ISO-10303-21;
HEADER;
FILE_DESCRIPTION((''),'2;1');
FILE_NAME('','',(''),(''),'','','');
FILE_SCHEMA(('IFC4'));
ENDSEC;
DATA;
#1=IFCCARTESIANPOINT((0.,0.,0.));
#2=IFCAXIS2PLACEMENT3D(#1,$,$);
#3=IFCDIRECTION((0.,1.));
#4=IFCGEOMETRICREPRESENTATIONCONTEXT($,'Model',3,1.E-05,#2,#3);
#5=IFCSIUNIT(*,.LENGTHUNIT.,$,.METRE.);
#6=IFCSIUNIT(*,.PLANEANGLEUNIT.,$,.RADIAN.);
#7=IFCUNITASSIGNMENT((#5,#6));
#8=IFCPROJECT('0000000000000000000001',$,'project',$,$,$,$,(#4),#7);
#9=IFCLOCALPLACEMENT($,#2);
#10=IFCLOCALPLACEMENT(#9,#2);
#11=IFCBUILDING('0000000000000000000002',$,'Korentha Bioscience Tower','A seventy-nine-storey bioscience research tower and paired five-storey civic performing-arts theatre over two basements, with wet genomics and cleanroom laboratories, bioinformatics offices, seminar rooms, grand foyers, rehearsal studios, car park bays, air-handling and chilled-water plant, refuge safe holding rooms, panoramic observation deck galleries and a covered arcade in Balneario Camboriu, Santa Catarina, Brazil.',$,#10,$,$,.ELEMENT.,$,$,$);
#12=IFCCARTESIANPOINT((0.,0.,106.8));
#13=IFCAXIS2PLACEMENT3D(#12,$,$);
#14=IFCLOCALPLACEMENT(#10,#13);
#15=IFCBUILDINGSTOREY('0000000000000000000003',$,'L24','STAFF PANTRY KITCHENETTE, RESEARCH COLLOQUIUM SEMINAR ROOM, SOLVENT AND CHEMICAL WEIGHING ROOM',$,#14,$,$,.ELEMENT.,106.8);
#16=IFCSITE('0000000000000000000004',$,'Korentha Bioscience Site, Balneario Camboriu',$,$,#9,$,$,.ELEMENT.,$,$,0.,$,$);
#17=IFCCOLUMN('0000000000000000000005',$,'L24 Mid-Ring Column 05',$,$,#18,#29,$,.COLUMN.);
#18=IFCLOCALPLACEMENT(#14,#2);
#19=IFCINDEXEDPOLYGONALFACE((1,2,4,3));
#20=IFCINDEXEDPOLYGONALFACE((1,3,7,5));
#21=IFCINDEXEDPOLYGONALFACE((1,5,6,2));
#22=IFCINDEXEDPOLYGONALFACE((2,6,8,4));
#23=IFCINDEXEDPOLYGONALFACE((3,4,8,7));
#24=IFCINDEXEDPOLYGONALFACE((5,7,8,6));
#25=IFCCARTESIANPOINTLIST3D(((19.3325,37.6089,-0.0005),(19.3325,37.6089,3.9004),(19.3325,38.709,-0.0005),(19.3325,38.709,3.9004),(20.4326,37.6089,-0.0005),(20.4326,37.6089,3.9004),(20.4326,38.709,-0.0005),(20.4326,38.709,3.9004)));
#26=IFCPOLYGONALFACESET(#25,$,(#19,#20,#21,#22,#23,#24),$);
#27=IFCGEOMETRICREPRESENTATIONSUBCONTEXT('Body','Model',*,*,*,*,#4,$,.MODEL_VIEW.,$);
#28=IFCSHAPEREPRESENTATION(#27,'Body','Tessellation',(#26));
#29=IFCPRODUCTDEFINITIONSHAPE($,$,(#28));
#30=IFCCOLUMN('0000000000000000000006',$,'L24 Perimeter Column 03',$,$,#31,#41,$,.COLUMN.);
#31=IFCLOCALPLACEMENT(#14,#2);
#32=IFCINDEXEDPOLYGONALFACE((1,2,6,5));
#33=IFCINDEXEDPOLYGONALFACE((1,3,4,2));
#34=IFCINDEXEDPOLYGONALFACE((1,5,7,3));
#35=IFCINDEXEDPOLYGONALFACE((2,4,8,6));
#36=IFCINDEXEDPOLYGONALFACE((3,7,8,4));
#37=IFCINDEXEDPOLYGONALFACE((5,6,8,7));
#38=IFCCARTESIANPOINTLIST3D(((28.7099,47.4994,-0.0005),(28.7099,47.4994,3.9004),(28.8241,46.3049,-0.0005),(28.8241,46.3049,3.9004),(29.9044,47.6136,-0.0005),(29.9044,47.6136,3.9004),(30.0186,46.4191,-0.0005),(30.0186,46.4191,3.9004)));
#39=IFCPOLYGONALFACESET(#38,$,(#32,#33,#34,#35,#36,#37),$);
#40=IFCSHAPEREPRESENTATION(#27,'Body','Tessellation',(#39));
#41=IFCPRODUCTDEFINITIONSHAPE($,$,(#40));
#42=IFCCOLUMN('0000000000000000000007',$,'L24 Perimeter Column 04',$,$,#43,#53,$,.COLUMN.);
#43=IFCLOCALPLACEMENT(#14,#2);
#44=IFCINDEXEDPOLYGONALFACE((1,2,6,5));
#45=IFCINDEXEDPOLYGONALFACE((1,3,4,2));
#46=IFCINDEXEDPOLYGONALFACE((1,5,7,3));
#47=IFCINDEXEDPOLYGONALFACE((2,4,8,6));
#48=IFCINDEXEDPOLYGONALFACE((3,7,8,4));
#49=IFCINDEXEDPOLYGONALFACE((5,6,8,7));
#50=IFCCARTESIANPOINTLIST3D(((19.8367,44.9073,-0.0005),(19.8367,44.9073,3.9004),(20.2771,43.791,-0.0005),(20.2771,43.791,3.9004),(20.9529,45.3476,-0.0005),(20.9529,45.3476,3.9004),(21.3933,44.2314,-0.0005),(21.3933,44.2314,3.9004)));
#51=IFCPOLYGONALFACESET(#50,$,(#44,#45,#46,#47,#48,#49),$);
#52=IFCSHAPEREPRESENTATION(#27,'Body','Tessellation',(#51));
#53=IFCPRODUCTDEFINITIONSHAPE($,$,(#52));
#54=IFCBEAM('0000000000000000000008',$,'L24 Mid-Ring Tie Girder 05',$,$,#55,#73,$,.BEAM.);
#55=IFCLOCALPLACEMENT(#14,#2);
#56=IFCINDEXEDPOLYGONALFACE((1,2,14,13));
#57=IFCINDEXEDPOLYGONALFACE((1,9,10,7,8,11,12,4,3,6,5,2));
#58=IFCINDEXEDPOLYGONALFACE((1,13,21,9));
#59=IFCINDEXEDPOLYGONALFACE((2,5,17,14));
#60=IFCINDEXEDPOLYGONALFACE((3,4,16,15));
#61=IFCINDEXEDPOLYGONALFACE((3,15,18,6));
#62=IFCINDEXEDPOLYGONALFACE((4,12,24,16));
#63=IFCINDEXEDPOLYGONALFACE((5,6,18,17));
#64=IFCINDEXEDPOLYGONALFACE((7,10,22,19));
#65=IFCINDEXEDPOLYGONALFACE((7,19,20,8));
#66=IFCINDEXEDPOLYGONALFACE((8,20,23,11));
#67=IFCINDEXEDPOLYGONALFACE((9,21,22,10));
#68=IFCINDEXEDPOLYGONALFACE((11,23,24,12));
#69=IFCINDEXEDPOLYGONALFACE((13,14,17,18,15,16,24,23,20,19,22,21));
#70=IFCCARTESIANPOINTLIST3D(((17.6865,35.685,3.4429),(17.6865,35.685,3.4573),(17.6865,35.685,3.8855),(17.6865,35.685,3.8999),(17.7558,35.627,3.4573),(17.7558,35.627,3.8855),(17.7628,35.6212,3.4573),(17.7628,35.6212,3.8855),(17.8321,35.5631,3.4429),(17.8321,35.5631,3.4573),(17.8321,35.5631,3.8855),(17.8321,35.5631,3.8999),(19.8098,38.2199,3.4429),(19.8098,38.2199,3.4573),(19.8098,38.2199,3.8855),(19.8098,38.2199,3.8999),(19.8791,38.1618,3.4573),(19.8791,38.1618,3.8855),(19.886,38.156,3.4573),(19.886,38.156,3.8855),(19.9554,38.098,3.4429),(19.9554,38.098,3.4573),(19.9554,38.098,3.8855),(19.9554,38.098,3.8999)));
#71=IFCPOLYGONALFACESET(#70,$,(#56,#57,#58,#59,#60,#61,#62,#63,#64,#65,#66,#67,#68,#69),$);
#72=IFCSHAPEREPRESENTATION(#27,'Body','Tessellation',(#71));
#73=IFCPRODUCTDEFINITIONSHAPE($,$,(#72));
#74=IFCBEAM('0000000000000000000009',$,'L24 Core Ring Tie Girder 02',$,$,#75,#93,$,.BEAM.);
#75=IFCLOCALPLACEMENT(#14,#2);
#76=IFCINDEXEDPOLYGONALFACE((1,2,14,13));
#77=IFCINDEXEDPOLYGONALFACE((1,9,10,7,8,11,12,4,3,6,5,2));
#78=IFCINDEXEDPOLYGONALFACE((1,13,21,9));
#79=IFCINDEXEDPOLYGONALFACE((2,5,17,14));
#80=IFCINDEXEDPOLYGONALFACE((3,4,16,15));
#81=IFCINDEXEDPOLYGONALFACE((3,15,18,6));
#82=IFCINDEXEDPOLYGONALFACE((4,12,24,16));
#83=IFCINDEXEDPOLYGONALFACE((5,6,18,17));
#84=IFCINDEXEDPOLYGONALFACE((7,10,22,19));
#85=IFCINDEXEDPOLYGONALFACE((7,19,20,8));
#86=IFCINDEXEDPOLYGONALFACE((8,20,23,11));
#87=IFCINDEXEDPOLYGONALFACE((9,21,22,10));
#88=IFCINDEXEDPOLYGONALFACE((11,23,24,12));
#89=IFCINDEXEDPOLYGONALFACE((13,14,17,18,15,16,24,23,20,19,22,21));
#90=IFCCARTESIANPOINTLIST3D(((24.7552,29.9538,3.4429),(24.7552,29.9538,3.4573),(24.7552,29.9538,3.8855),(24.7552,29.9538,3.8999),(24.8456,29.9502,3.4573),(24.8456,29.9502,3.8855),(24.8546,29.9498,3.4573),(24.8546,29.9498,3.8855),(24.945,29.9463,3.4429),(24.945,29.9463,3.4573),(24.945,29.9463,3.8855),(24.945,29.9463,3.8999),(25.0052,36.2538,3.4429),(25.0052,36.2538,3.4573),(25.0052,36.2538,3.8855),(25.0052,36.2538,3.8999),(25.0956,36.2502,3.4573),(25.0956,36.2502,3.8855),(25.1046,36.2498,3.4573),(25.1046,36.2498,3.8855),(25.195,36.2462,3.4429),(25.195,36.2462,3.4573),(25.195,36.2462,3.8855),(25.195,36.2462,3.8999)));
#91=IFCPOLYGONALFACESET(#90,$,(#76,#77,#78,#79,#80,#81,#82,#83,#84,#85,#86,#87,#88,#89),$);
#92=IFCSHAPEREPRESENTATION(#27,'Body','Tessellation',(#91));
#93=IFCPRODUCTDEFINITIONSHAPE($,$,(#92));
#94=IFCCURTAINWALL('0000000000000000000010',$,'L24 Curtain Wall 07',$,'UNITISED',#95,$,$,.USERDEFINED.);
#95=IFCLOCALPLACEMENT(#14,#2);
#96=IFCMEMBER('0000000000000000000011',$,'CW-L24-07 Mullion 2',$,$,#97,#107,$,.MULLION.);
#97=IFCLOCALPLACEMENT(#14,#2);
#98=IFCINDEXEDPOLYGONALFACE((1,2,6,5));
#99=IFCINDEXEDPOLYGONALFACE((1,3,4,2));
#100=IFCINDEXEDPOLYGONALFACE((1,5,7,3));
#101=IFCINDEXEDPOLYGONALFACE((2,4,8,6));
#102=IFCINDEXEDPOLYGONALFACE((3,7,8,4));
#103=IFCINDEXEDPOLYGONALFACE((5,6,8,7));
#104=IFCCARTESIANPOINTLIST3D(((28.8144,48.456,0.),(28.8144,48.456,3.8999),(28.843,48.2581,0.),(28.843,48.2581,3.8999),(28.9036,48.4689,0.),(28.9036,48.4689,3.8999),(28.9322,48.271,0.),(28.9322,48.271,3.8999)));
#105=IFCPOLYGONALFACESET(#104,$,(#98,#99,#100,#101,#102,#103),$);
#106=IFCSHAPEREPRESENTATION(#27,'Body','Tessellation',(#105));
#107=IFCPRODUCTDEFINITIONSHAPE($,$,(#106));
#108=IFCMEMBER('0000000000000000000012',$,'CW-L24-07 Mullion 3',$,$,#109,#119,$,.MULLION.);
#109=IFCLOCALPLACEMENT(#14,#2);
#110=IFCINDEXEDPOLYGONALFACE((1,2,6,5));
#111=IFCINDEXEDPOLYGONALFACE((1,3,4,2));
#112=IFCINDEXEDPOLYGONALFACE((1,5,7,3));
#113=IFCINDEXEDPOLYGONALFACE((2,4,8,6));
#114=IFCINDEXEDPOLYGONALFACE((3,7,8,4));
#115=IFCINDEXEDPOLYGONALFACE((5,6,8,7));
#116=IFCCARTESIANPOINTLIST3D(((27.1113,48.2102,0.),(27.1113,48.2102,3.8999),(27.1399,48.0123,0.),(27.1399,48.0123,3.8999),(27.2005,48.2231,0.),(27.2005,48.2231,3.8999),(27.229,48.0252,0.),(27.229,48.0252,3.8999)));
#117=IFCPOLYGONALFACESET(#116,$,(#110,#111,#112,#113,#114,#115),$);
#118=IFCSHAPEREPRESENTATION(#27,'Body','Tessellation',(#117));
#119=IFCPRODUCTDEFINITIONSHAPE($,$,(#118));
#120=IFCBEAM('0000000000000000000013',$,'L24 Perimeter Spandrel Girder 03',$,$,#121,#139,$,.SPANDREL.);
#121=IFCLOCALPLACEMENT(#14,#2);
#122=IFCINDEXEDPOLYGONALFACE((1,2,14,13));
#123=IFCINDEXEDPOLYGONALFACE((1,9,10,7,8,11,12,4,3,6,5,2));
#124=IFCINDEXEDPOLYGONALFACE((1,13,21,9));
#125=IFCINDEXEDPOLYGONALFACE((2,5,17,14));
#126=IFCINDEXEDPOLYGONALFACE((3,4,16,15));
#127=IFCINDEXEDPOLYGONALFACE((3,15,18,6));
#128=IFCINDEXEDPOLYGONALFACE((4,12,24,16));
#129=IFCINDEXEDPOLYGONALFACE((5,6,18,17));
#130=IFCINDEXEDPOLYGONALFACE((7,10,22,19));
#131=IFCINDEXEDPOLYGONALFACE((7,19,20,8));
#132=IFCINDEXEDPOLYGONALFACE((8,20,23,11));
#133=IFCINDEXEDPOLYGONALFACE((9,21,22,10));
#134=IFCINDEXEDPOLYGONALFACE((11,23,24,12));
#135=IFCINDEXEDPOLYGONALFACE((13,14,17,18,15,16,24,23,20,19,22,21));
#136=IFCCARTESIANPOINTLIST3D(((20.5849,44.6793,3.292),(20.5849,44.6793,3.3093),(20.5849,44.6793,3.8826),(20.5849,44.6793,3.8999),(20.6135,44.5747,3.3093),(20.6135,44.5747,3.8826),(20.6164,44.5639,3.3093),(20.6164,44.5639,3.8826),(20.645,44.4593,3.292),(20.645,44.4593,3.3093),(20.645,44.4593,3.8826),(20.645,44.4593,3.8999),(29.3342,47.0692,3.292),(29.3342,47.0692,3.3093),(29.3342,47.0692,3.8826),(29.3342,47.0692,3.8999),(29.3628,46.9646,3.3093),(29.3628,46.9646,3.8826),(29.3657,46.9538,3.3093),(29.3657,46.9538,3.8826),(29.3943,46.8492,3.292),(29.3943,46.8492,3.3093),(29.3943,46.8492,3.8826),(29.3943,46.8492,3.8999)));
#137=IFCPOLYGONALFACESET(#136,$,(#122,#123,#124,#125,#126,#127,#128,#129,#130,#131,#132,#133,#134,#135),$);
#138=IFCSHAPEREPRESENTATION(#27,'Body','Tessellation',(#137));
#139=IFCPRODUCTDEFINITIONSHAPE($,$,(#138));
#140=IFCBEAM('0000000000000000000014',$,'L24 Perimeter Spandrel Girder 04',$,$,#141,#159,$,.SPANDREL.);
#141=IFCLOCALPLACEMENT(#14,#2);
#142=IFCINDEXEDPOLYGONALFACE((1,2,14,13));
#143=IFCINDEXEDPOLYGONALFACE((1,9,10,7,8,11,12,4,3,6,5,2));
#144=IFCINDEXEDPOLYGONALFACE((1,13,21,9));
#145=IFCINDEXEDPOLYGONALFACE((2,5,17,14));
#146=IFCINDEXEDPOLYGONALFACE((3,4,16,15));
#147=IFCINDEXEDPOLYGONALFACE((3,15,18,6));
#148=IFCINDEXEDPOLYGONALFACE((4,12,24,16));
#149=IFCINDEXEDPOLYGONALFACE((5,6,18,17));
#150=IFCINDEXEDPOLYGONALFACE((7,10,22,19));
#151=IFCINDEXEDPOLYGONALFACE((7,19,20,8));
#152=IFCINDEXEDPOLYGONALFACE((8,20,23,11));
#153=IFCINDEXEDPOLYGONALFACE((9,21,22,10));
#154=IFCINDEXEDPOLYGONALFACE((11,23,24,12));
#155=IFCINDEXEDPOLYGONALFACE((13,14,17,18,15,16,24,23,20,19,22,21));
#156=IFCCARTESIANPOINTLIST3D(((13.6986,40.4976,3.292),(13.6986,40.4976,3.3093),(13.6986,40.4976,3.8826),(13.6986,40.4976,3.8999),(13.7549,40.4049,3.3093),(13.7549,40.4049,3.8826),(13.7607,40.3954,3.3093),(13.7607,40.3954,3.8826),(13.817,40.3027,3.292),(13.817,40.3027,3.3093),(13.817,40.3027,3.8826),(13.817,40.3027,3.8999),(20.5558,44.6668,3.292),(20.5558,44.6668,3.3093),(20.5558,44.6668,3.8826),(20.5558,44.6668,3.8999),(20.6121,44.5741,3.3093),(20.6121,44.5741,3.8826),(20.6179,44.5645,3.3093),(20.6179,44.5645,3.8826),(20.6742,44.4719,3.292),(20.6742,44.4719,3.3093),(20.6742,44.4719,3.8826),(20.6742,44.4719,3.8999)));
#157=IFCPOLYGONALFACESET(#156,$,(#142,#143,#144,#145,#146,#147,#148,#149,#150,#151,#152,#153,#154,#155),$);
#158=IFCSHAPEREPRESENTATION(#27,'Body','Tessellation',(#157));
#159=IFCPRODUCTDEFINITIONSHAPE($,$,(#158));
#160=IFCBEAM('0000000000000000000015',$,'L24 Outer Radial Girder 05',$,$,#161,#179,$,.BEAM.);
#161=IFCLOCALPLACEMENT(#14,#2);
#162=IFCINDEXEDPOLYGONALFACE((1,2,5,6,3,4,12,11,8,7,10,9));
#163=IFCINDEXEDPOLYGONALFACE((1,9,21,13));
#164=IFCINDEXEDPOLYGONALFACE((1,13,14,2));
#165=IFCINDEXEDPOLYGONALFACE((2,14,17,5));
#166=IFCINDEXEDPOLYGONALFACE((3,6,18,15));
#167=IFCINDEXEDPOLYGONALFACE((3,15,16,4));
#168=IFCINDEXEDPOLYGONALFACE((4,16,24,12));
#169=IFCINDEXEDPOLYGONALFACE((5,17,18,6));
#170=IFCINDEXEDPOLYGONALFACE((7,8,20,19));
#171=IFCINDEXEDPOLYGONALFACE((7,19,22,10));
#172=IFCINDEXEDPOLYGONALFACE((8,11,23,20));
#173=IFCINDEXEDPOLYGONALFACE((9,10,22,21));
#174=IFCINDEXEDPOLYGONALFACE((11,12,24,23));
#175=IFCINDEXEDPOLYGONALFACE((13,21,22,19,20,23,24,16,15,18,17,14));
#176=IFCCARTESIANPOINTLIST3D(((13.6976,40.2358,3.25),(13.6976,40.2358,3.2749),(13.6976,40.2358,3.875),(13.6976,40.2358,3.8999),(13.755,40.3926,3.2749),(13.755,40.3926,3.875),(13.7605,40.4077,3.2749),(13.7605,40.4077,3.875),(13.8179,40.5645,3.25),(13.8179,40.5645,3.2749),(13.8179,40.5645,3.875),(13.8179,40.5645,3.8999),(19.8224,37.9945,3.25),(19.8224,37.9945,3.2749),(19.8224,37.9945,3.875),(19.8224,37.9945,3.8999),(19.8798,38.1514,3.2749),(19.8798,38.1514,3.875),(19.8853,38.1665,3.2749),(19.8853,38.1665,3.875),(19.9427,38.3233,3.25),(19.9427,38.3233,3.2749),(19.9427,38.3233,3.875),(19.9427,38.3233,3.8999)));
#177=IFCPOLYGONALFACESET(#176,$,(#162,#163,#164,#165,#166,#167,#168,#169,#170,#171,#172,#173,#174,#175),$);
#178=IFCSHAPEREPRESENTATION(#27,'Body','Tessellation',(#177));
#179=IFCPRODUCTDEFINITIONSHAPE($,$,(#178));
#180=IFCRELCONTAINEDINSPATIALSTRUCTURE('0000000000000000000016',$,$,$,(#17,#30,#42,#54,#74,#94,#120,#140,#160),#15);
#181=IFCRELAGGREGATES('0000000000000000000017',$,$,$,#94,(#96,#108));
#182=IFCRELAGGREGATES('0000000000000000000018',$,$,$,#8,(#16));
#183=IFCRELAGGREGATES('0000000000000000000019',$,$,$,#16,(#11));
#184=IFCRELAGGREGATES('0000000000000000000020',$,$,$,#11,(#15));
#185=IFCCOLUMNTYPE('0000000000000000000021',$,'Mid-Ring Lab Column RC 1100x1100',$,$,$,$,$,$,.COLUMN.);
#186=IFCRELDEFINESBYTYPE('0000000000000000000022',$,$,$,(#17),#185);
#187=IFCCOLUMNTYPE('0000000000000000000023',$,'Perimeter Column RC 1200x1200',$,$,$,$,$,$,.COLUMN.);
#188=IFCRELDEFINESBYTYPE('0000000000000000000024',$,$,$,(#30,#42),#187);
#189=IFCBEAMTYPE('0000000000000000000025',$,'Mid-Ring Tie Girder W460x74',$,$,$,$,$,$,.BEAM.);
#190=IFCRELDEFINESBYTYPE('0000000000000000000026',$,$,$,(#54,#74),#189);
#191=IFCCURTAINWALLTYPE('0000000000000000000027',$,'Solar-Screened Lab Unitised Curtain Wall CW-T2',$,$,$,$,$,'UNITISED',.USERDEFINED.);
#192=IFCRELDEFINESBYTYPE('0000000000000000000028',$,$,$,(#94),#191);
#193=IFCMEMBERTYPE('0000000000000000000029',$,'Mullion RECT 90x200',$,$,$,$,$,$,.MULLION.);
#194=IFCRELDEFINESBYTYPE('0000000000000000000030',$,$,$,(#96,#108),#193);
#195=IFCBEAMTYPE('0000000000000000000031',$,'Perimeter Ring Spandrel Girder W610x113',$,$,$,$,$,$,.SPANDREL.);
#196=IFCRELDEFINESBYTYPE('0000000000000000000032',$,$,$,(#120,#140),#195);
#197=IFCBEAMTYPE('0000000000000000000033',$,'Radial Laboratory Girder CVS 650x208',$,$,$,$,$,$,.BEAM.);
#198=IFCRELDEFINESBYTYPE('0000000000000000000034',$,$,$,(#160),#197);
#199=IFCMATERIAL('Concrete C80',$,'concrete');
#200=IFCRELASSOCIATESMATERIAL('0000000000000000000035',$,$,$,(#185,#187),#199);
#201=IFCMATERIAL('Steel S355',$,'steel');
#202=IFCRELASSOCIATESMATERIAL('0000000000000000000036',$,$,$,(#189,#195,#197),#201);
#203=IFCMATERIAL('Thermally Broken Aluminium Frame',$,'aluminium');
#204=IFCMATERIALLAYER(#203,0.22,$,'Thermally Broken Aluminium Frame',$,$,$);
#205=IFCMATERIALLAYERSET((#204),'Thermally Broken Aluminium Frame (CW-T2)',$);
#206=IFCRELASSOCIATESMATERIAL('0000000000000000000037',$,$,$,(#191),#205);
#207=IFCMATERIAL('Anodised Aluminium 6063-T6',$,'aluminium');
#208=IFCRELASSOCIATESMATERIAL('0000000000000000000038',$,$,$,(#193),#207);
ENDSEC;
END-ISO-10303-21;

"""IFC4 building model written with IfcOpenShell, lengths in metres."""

from ifc_helpers import new_model, si_unit, direction, frame, origin, origin_2d, place, context, subcontext, project, spatial, rectangle, i_section, extrude, material, layer, layer_set, material_profile, profile_set, type_object, element, aggregate, save


model = new_model("IFC4")

# Units and contexts
model_context = context("Model", 3, precision=1e-05, world=origin(), true_north=direction((0.0, 1.0)))
body_context = subcontext(model_context, "Body", "Model", "MODEL_VIEW")
ifc_project = project(units=[si_unit("LENGTHUNIT", "METRE"), si_unit("PLANEANGLEUNIT", "RADIAN")], contexts=[model_context])

# Site, building, storey
site_placement = place(None, origin())
site = spatial("IfcSite", under=ifc_project, at=site_placement, Name="Korentha Bioscience Site, Balneario Camboriu", CompositionType="ELEMENT", RefElevation=0.0)
building_placement = place(site_placement, origin())
building = spatial("IfcBuilding", under=site, at=building_placement, Name="Korentha Bioscience Tower", Description="A seventy-nine-storey bioscience research tower and paired five-storey civic performing-arts theatre over two basements, with wet genomics and cleanroom laboratories, bioinformatics offices, seminar rooms, grand foyers, rehearsal studios, car park bays, air-handling and chilled-water plant, refuge safe holding rooms, panoramic observation deck galleries and a covered arcade in Balneario Camboriu, Santa Catarina, Brazil.", CompositionType="ELEMENT")
storey_placement = place(building_placement, frame((0.0, 0.0, 106.8)))
storey = spatial("IfcBuildingStorey", under=building, at=storey_placement, Name="L24", Description="STAFF PANTRY KITCHENETTE, RESEARCH COLLOQUIUM SEMINAR ROOM, SOLVENT AND CHEMICAL WEIGHING ROOM", CompositionType="ELEMENT", Elevation=106.8)

# Columns
ifc_material_1 = material(Name="Concrete C80", Category="concrete")
ifc_material_profile_1 = material_profile(ifc_material_1, rectangle(XDim=1.1001, YDim=1.1001, at=origin_2d()), Name="Concrete C80")
ifc_profile_set_1 = profile_set([ifc_material_profile_1], Name="Concrete C80 (COL-MR11)")
column_type_1 = type_object("IfcColumnType", Name="Mid-Ring Lab Column RC 1100x1100", PredefinedType="COLUMN", material=ifc_profile_set_1)
column_placement = place(storey_placement, frame((19.8826, 38.1589, -0.0005), z_axis=(0.0, 0.0, 1.0), x_axis=(1.0, 0.0, 0.0)))
element("IfcColumn", 1, at=column_placement, inside=storey, type_object=column_type_1, Name="L24 Mid-Ring Column 05", PredefinedType="COLUMN", context=body_context, shape_type="SweptSolid", body=[
    extrude(rectangle(XDim=1.1001, YDim=1.1001, at=origin_2d()), origin(), (0.0, 0.0, 1.0), 3.9009),
])
ifc_material_profile_2 = material_profile(ifc_material_1, rectangle(XDim=1.2, YDim=1.2, at=origin_2d()), Name="Concrete C80")
ifc_profile_set_2 = profile_set([ifc_material_profile_2], Name="Concrete C80 (COL-P12)")
column_type_2 = type_object("IfcColumnType", Name="Perimeter Column RC 1200x1200", PredefinedType="COLUMN", material=ifc_profile_set_2)
for number, where, z_axis, x_axis, name in (
    (2, (29.3643, 46.9592, -0.0005), (0.0, 0.0, 1.0), (0.995463, 0.095151, 0.0), "L24 Perimeter Column 03"),
    (3, (20.615, 44.5693, -0.0005), (0.0, 0.0, 1.0), (0.930226, 0.366988, 0.0), "L24 Perimeter Column 04"),
):
    element("IfcColumn", number, at=place(storey_placement, frame(where, z_axis=z_axis, x_axis=x_axis)), inside=storey, type_object=column_type_2, Name=name, PredefinedType="COLUMN", context=body_context, shape_type="SweptSolid", body=[
        extrude(rectangle(XDim=1.2, YDim=1.2, at=origin_2d()), origin(), (0.0, 0.0, 1.0), 3.9009),
    ])

# Beams
ifc_material_2 = material(Name="Steel S355", Category="steel")
ifc_material_profile_3 = material_profile(ifc_material_2, i_section(OverallWidth=0.1899, OverallDepth=0.457, WebThickness=0.009, FlangeThickness=0.0144, at=origin_2d()), Name="Steel S355")
ifc_profile_set_3 = profile_set([ifc_material_profile_3], Name="Steel S355 (MB-460)")
beam_type_1 = type_object("IfcBeamType", Name="Mid-Ring Tie Girder W460x74", PredefinedType="BEAM", material=ifc_profile_set_3)
beam_1_placement = place(storey_placement, frame((19.8826, 38.1589, 3.6714), z_axis=(-0.642121, -0.766603, 0.0), x_axis=(0.766603, -0.642121, 0.0)))
element("IfcBeam", 4, at=beam_1_placement, inside=storey, type_object=beam_type_1, Name="L24 Mid-Ring Tie Girder 05", PredefinedType="BEAM", context=body_context, shape_type="SweptSolid", body=[
    extrude(i_section(OverallWidth=0.1899, OverallDepth=0.457, WebThickness=0.009, FlangeThickness=0.0144, at=origin_2d()), origin(), (0.0, 0.0, 1.0), 3.3066),
])
beam_2_placement = place(storey_placement, frame((25.1001, 36.25, 3.6714), z_axis=(-0.039651, -0.999214, 0.0), x_axis=(0.999214, -0.039651, 0.0)))
element("IfcBeam", 5, at=beam_2_placement, inside=storey, type_object=beam_type_1, Name="L24 Core Ring Tie Girder 02", PredefinedType="BEAM", context=body_context, shape_type="SweptSolid", body=[
    extrude(i_section(OverallWidth=0.1899, OverallDepth=0.457, WebThickness=0.009, FlangeThickness=0.0144, at=origin_2d()), origin(), (0.0, 0.0, 1.0), 6.3049),
])

# Curtain wall, members
ifc_material_3 = material(Name="Thermally Broken Aluminium Frame", Category="aluminium")
ifc_layer_1 = layer(ifc_material_3, 0.22, Name="Thermally Broken Aluminium Frame")
ifc_layer_set_1 = layer_set([ifc_layer_1], Name="Thermally Broken Aluminium Frame (CW-T2)")
curtain_wall_type = type_object("IfcCurtainWallType", Name="Solar-Screened Lab Unitised Curtain Wall CW-T2", ElementType="UNITISED", PredefinedType="USERDEFINED", material=ifc_layer_set_1)
curtain_wall_placement = place(storey_placement, origin())
curtain_wall = element("IfcCurtainWall", 6, at=curtain_wall_placement, inside=storey, type_object=curtain_wall_type, Name="L24 Curtain Wall 07", ObjectType="UNITISED", PredefinedType="USERDEFINED")
ifc_material_4 = material(Name="Anodised Aluminium 6063-T6", Category="aluminium")
ifc_material_profile_4 = material_profile(ifc_material_4, rectangle(XDim=0.0901, YDim=0.2, at=origin_2d()), Name="Anodised Aluminium 6063-T6")
ifc_profile_set_4 = profile_set([ifc_material_profile_4], Name="Anodised Aluminium 6063-T6 (CW-MUL)")
member_type_1 = type_object("IfcMemberType", Name="Mullion RECT 90x200", PredefinedType="MULLION", material=ifc_profile_set_4)
member_1_placement = place(storey_placement, frame((28.8733, 48.3635, 0.0), z_axis=(0.0, 0.0, 1.0), x_axis=(-0.989738, -0.142892, 0.0)))
member_1 = element("IfcMember", 7, at=member_1_placement, type_object=member_type_1, Name="CW-L24-07 Mullion 2", PredefinedType="MULLION", context=body_context, shape_type="SweptSolid", body=[
    extrude(rectangle(XDim=0.0901, YDim=0.2, at=origin_2d()), origin(), (0.0, 0.0, 1.0), 3.8999),
])
member_2_placement = place(storey_placement, frame((27.1702, 48.1177, 0.0), z_axis=(0.0, 0.0, 1.0), x_axis=(-0.989738, -0.142892, 0.0)))
member_2 = element("IfcMember", 8, at=member_2_placement, type_object=member_type_1, Name="CW-L24-07 Mullion 3", PredefinedType="MULLION", context=body_context, shape_type="SweptSolid", body=[
    extrude(rectangle(XDim=0.0901, YDim=0.2, at=origin_2d()), origin(), (0.0, 0.0, 1.0), 3.8999),
])

# Beams
ifc_material_profile_5 = material_profile(ifc_material_2, i_section(OverallWidth=0.228, OverallDepth=0.6079, WebThickness=0.0112, FlangeThickness=0.0173, at=origin_2d()), Name="Steel S355")
ifc_profile_set_5 = profile_set([ifc_material_profile_5], Name="Steel S355 (SB-610)")
beam_type_2 = type_object("IfcBeamType", Name="Perimeter Ring Spandrel Girder W610x113", PredefinedType="SPANDREL", material=ifc_profile_set_5)
beam_3_placement = place(storey_placement, frame((29.3643, 46.9592, 3.5959), z_axis=(-0.964659, -0.2635, 0.0), x_axis=(0.2635, -0.964659, 0.0)))
element("IfcBeam", 9, at=beam_3_placement, inside=storey, type_object=beam_type_2, Name="L24 Perimeter Spandrel Girder 03", PredefinedType="SPANDREL", context=body_context, shape_type="SweptSolid", body=[
    extrude(i_section(OverallWidth=0.228, OverallDepth=0.6079, WebThickness=0.0112, FlangeThickness=0.0173, at=origin_2d()), origin(), (0.0, 0.0, 1.0), 9.0698),
])
beam_4_placement = place(storey_placement, frame((20.615, 44.5693, 3.5959), z_axis=(-0.854461, -0.519515, 0.0), x_axis=(0.519515, -0.854461, 0.0)))
element("IfcBeam", 10, at=beam_4_placement, inside=storey, type_object=beam_type_2, Name="L24 Perimeter Spandrel Girder 04", PredefinedType="SPANDREL", context=body_context, shape_type="SweptSolid", body=[
    extrude(i_section(OverallWidth=0.228, OverallDepth=0.6079, WebThickness=0.0112, FlangeThickness=0.0173, at=origin_2d()), origin(), (0.0, 0.0, 1.0), 8.0251),
])
ifc_material_profile_6 = material_profile(ifc_material_2, i_section(OverallWidth=0.3501, OverallDepth=0.6499, WebThickness=0.0161, FlangeThickness=0.0249, at=origin_2d()), Name="Steel S355")
ifc_profile_set_6 = profile_set([ifc_material_profile_6], Name="Steel S355 (RB-650)")
beam_type_3 = type_object("IfcBeamType", Name="Radial Laboratory Girder CVS 650x208", PredefinedType="BEAM", material=ifc_profile_set_6)
beam_5_placement = place(storey_placement, frame((19.8826, 38.1589, 3.575), z_axis=(-0.939101, 0.343642, 0.0), x_axis=(-0.343642, -0.939101, 0.0)))
element("IfcBeam", 11, at=beam_5_placement, inside=storey, type_object=beam_type_3, Name="L24 Outer Radial Girder 05", PredefinedType="BEAM", context=body_context, shape_type="SweptSolid", body=[
    extrude(i_section(OverallWidth=0.3501, OverallDepth=0.6499, WebThickness=0.0161, FlangeThickness=0.0249, at=origin_2d()), origin(), (0.0, 0.0, 1.0), 6.522),
])

aggregate(curtain_wall, [member_1, member_2])

save(model, "model.ifc")
